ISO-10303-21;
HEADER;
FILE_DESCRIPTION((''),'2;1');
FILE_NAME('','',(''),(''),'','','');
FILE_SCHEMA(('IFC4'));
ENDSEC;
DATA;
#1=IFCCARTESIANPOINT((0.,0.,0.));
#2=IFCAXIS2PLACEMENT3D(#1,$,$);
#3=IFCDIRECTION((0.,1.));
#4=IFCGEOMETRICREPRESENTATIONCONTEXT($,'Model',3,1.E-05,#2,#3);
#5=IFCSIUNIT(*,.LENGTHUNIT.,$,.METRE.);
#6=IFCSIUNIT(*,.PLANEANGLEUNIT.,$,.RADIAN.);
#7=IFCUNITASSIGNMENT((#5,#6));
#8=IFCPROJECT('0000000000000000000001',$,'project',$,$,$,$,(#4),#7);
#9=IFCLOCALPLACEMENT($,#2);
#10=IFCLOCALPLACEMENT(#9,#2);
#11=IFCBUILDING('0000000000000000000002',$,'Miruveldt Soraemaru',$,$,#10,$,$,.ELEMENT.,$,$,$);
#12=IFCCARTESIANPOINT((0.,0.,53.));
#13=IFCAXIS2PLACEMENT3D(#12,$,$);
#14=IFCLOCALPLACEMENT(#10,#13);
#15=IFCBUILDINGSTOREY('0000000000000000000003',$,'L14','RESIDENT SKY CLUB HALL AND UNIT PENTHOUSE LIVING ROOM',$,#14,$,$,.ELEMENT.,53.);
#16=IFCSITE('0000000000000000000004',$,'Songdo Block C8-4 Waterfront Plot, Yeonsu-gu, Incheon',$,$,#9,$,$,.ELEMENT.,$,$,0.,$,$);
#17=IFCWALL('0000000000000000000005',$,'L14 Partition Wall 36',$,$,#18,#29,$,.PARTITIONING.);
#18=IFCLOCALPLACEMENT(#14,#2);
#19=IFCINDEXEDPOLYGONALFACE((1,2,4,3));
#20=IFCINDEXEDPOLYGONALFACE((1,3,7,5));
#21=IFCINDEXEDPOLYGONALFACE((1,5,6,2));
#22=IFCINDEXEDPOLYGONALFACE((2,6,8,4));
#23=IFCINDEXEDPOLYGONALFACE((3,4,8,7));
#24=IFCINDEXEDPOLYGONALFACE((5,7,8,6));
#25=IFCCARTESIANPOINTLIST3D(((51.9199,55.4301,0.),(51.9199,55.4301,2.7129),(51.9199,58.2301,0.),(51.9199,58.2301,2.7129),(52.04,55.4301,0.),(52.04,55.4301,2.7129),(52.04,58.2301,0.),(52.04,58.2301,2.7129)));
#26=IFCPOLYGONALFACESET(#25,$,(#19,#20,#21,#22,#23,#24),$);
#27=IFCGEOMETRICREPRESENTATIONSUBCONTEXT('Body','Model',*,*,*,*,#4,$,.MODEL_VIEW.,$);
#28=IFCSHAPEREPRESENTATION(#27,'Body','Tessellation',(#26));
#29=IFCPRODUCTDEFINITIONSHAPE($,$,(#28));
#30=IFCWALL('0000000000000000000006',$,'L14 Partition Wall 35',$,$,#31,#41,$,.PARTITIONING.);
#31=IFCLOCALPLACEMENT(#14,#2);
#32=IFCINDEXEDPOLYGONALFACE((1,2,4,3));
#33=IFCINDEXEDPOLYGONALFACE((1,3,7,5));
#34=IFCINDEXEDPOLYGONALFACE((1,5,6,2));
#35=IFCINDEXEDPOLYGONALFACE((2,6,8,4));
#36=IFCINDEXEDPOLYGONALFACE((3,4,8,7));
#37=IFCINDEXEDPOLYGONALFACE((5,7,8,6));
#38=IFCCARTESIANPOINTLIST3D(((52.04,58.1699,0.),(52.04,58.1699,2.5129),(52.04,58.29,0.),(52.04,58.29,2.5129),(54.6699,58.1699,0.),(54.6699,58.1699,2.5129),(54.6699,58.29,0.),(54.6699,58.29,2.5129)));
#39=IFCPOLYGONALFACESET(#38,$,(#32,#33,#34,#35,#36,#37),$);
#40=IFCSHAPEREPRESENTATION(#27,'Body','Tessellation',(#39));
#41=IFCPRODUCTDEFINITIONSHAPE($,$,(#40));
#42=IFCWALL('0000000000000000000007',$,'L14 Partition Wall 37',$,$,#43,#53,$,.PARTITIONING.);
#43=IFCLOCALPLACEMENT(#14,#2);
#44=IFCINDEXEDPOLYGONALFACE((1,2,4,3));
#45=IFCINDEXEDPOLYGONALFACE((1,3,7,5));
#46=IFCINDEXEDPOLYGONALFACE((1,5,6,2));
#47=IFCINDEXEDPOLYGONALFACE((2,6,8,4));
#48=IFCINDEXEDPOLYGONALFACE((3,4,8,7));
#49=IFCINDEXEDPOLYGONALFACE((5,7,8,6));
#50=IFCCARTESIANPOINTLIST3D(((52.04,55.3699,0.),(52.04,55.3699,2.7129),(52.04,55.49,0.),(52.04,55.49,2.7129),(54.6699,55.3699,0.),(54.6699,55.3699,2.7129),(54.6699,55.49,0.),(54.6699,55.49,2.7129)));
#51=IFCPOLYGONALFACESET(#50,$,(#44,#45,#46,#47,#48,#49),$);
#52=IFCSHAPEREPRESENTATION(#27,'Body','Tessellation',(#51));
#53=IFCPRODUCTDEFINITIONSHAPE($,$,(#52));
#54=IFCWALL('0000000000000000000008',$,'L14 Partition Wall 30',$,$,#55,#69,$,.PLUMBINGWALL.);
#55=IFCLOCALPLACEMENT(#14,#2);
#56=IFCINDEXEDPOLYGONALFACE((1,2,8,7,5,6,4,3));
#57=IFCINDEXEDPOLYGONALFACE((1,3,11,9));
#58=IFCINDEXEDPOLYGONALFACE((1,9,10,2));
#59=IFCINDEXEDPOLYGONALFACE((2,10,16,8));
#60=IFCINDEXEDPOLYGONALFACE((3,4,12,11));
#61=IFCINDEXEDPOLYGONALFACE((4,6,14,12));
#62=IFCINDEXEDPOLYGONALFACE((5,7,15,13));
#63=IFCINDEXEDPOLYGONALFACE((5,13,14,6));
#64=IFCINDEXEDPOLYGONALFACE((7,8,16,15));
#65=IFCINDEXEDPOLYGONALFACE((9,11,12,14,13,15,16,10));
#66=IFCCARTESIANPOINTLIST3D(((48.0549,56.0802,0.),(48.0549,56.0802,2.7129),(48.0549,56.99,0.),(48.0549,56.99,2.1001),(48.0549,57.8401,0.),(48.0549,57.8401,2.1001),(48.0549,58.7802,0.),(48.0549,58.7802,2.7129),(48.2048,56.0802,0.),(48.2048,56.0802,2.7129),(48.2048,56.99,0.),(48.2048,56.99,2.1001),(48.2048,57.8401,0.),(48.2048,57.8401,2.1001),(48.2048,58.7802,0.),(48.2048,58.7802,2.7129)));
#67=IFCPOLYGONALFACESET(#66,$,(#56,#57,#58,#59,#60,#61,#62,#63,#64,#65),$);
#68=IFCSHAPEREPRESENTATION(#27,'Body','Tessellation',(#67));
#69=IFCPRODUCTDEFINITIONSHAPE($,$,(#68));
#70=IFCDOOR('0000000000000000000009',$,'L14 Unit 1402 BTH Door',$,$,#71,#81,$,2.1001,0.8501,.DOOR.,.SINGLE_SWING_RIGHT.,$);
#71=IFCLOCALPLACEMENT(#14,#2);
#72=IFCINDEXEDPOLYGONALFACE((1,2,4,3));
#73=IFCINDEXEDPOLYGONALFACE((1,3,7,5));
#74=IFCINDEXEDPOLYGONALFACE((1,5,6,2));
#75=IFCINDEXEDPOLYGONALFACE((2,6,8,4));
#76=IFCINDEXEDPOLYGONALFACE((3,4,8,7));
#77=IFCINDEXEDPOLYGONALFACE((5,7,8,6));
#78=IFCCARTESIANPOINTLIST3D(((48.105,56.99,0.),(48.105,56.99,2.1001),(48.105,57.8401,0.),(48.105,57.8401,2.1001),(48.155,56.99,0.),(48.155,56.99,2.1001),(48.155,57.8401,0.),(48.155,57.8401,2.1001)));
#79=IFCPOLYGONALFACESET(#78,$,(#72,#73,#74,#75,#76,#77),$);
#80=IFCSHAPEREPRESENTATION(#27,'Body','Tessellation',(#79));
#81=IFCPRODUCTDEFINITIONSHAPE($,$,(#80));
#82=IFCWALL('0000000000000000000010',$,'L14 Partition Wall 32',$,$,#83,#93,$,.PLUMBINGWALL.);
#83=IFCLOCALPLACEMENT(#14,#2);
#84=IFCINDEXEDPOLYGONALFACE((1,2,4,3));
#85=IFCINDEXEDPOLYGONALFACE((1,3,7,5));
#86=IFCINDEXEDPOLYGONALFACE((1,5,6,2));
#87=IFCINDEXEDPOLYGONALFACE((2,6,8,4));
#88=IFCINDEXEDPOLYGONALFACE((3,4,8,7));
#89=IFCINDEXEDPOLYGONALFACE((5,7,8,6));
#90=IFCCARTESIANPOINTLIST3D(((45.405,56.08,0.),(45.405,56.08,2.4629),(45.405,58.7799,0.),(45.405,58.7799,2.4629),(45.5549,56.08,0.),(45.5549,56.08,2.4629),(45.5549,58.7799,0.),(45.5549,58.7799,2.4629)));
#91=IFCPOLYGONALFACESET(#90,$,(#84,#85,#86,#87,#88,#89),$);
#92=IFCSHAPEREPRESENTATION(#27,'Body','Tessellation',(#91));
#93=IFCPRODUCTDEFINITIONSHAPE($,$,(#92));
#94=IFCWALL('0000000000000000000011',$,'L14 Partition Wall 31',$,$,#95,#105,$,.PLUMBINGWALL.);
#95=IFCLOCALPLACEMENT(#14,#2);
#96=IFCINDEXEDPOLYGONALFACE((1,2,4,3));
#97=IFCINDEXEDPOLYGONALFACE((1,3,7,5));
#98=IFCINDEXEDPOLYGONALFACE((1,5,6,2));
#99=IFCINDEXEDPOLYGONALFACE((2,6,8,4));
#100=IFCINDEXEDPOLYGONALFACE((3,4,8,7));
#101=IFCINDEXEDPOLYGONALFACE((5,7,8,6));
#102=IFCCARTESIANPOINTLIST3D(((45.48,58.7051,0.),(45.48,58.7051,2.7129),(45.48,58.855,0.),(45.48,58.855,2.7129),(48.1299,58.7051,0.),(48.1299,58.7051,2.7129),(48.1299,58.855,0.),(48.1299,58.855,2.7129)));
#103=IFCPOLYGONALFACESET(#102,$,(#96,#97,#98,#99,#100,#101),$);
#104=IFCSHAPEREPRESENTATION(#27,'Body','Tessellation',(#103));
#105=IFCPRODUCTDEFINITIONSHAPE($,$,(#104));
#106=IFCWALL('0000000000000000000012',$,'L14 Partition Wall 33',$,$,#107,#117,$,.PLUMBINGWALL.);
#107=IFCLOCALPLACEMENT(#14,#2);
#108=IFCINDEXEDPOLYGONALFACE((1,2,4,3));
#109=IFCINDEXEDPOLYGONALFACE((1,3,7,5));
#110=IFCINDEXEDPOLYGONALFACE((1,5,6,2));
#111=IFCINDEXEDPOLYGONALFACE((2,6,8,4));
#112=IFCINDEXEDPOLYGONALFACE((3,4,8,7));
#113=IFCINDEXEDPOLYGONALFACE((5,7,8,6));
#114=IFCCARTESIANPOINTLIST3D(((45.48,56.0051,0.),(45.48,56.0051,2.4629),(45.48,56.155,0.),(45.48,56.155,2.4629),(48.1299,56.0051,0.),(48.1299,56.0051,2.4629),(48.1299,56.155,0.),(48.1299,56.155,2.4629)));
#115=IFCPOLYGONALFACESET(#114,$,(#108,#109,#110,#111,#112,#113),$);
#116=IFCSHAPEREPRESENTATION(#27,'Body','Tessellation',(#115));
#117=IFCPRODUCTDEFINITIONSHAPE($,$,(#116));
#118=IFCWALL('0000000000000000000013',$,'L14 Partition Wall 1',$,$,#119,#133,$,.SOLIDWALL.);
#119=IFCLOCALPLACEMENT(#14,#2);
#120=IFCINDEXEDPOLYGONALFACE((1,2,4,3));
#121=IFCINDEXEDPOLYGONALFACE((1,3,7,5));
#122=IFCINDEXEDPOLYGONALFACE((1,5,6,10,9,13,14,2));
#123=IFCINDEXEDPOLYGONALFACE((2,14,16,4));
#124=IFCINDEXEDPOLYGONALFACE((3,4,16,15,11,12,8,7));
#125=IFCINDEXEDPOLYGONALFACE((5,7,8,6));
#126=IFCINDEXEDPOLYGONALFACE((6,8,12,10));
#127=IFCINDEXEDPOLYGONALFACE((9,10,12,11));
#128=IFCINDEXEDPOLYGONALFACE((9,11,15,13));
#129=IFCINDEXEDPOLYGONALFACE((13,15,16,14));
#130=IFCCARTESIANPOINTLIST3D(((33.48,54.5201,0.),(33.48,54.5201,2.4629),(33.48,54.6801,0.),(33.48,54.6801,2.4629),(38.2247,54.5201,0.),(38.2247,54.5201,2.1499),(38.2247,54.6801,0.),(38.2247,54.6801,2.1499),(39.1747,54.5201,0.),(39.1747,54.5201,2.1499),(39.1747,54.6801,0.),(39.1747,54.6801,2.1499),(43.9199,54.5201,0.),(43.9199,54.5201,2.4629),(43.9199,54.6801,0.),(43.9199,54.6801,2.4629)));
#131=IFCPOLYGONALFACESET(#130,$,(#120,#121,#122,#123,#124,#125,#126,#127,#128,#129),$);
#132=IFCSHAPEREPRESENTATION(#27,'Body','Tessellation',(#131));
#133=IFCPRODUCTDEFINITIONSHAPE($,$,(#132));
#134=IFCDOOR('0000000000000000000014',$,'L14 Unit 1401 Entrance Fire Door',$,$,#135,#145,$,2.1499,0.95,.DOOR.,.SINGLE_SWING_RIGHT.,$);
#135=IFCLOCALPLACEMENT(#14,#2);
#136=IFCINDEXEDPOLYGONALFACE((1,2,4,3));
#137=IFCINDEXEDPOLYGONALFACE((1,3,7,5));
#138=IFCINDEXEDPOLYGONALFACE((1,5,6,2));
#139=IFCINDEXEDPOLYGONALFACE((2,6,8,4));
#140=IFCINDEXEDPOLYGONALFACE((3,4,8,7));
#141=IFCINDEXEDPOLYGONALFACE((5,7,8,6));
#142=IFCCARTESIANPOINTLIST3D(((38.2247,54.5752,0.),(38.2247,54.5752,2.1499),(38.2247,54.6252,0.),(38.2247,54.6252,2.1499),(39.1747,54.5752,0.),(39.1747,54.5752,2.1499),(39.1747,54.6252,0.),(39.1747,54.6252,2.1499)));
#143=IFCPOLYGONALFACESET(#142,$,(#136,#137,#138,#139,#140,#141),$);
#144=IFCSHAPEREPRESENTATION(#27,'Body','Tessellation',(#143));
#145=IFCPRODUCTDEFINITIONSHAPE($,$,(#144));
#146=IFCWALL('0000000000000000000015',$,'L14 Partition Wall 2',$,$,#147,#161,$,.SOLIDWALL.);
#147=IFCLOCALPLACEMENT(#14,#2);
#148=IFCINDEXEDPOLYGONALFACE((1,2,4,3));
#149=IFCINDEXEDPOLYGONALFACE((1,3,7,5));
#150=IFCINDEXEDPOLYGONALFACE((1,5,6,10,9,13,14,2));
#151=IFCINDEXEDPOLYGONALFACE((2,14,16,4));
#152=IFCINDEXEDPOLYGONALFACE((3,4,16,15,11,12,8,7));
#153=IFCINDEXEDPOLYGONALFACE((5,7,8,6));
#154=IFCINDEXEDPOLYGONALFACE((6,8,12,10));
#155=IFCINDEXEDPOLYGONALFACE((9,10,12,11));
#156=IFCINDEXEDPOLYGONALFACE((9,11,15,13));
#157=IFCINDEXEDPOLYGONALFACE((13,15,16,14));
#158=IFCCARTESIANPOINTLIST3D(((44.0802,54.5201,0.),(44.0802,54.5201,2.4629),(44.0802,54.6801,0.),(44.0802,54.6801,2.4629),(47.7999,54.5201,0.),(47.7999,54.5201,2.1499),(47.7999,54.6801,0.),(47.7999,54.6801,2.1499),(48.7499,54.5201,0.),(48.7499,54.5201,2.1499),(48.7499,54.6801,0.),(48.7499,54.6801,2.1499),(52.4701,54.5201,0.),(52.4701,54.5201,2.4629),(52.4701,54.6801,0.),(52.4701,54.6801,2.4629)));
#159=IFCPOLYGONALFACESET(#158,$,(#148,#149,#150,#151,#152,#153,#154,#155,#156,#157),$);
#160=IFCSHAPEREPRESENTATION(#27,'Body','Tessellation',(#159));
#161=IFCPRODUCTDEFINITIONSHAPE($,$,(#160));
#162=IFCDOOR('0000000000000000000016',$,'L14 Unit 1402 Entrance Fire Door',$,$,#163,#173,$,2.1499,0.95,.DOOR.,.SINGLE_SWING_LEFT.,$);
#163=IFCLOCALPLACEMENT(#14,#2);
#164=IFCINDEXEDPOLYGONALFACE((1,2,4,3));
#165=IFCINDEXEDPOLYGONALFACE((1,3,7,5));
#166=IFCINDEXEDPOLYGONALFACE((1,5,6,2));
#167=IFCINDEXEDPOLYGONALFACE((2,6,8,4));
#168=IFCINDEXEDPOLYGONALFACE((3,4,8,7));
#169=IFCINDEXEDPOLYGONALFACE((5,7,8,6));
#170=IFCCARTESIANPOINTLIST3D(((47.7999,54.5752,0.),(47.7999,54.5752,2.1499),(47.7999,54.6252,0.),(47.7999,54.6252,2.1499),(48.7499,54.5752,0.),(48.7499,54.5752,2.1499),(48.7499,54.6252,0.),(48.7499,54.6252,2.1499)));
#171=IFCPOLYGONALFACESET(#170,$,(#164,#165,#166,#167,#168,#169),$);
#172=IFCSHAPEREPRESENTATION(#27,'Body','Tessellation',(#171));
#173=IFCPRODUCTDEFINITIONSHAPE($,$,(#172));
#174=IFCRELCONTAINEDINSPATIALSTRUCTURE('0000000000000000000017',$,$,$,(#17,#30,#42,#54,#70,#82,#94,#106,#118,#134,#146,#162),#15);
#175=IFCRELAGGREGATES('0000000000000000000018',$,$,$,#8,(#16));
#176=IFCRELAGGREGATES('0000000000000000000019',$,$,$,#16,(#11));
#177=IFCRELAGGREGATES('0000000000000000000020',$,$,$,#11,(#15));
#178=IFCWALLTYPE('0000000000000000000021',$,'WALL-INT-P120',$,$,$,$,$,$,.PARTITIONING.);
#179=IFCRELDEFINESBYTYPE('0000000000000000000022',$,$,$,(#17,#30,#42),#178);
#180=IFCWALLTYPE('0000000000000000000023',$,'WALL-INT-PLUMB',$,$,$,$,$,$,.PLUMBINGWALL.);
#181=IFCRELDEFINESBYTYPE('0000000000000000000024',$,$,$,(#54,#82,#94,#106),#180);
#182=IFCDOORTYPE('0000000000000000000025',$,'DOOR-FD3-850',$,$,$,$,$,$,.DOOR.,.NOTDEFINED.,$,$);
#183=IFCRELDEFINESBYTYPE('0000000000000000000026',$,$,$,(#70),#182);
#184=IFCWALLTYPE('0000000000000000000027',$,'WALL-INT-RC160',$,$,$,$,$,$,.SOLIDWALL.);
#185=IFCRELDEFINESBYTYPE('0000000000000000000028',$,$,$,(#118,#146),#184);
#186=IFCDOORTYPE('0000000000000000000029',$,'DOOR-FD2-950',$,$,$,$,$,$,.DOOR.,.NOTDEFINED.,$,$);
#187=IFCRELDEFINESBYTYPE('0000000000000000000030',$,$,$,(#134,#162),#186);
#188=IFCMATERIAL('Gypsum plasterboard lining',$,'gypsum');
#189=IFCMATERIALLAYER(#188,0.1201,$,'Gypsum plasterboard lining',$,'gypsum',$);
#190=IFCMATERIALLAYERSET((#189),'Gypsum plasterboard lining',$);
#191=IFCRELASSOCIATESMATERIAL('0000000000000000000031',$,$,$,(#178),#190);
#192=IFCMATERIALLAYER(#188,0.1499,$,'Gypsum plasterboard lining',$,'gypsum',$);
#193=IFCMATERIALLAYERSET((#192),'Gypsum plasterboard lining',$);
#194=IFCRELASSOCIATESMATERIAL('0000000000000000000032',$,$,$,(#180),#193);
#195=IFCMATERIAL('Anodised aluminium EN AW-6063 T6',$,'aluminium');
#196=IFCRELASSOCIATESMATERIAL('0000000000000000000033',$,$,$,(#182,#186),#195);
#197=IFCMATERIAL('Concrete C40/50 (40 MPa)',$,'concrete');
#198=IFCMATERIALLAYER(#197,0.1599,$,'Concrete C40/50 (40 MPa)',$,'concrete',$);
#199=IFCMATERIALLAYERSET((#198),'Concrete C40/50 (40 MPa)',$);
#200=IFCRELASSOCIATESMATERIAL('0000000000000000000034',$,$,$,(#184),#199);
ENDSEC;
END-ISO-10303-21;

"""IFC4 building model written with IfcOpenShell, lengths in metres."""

from ifc_helpers import new_model, si_unit, direction, frame, frame_2d, origin, place, context, subcontext, project, spatial, rectangle, extrude, material, layer, layer_set, type_object, element, fill, save


model = new_model("IFC4")

# Units and contexts
model_context = context("Model", 3, precision=1e-05, world=origin(), true_north=direction((0.0, 1.0)))
body_context = subcontext(model_context, "Body", "Model", "MODEL_VIEW")
ifc_project = project(units=[si_unit("LENGTHUNIT", "METRE"), si_unit("PLANEANGLEUNIT", "RADIAN")], contexts=[model_context])

# Site, building, storey
site_placement = place(None, origin())
site = spatial("IfcSite", under=ifc_project, at=site_placement, Name="Songdo Block C8-4 Waterfront Plot, Yeonsu-gu, Incheon", CompositionType="ELEMENT", RefElevation=0.0)
building_placement = place(site_placement, origin())
building = spatial("IfcBuilding", under=site, at=building_placement, Name="Miruveldt Soraemaru", CompositionType="ELEMENT")
storey_placement = place(building_placement, frame((0.0, 0.0, 53.0)))
storey = spatial("IfcBuildingStorey", under=building, at=storey_placement, Name="L14", Description="RESIDENT SKY CLUB HALL AND UNIT PENTHOUSE LIVING ROOM", CompositionType="ELEMENT", Elevation=53.0)

# Shared definitions
ifc_material_1 = material(Name="Gypsum plasterboard lining", Category="gypsum")
ifc_layer_1 = layer(ifc_material_1, 0.1201, Name="Gypsum plasterboard lining", Category="gypsum")
ifc_layer_set_1 = layer_set([ifc_layer_1], Name="Gypsum plasterboard lining")
wall_type_1 = type_object("IfcWallType", Name="WALL-INT-P120", PredefinedType="PARTITIONING", material=ifc_layer_set_1)
ifc_material_2 = material(Name="Anodised aluminium EN AW-6063 T6", Category="aluminium")

# Walls
wall_1_placement = place(storey_placement, frame((51.98, 58.23, 0.0), z_axis=(0.0, 0.0, 1.0), x_axis=(0.0, -1.0, 0.0)))
element("IfcWall", 1, at=wall_1_placement, inside=storey, type_object=wall_type_1, Name="L14 Partition Wall 36", PredefinedType="PARTITIONING", context=body_context, shape_type="SweptSolid", body=[
    extrude(rectangle(XDim=2.8, YDim=0.1201, at=frame_2d((1.3999, 0.0))), origin(), (0.0, 0.0, 1.0), 2.7129),
])
wall_2_placement = place(storey_placement, frame((54.6699, 58.23, 0.0), z_axis=(0.0, 0.0, 1.0), x_axis=(-1.0, 0.0, 0.0)))
element("IfcWall", 2, at=wall_2_placement, inside=storey, type_object=wall_type_1, Name="L14 Partition Wall 35", PredefinedType="PARTITIONING", context=body_context, shape_type="SweptSolid", body=[
    extrude(rectangle(XDim=2.6299, YDim=0.1201, at=frame_2d((1.3149, 0.0))), origin(), (0.0, 0.0, 1.0), 2.5129),
])
wall_3_placement = place(storey_placement, frame((52.04, 55.4299, 0.0), z_axis=(0.0, 0.0, 1.0), x_axis=(1.0, 0.0, 0.0)))
element("IfcWall", 3, at=wall_3_placement, inside=storey, type_object=wall_type_1, Name="L14 Partition Wall 37", PredefinedType="PARTITIONING", context=body_context, shape_type="SweptSolid", body=[
    extrude(rectangle(XDim=2.6299, YDim=0.1201, at=frame_2d((1.3149, 0.0))), origin(), (0.0, 0.0, 1.0), 2.7129),
])

# Wall, opening, door
ifc_layer_2 = layer(ifc_material_1, 0.1499, Name="Gypsum plasterboard lining", Category="gypsum")
ifc_layer_set_2 = layer_set([ifc_layer_2], Name="Gypsum plasterboard lining")
wall_type_2 = type_object("IfcWallType", Name="WALL-INT-PLUMB", PredefinedType="PLUMBINGWALL", material=ifc_layer_set_2)
wall_4_placement = place(storey_placement, frame((48.1299, 56.0801, 0.0), z_axis=(0.0, 0.0, 1.0), x_axis=(0.0, 1.0, 0.0)))
wall_4 = element("IfcWall", 4, at=wall_4_placement, inside=storey, type_object=wall_type_2, Name="L14 Partition Wall 30", PredefinedType="PLUMBINGWALL", context=body_context, shape_type="SweptSolid", body=[
    extrude(rectangle(XDim=2.7, YDim=0.1499, at=frame_2d((1.3501, 0.0))), origin(), (0.0, 0.0, 1.0), 2.7129),
])
opening_1_placement = place(wall_4_placement, frame((0.9099, 0.0, 0.0)))
opening_1 = element("IfcOpeningElement", 5, at=opening_1_placement, cuts=wall_4, PredefinedType="OPENING", context=body_context, shape_type="SweptSolid", body=[
    extrude(rectangle(XDim=0.8501, YDim=2.1001, at=frame_2d((0.425, 1.05))), frame((0.0, 0.085, 0.0), z_axis=(0.0, -1.0, 0.0), x_axis=(1.0, 0.0, 0.0)), (0.0, 0.0, 1.0), 0.1699),
])
door_type_1 = type_object("IfcDoorType", Name="DOOR-FD3-850", OperationType="NOTDEFINED", PredefinedType="DOOR", material=ifc_material_2)
door_1_placement = place(opening_1_placement, origin())
door_1 = element("IfcDoor", 6, at=door_1_placement, inside=storey, type_object=door_type_1, Name="L14 Unit 1402 BTH Door", OperationType="SINGLE_SWING_RIGHT", OverallHeight=2.1001, OverallWidth=0.8501, PredefinedType="DOOR", context=body_context, shape_type="SweptSolid", body=[
    extrude(rectangle(XDim=0.8501, YDim=2.1001, at=frame_2d((0.425, 1.05))), frame((0.0, 0.0249, 0.0), z_axis=(0.0, -1.0, 0.0), x_axis=(1.0, 0.0, 0.0)), (0.0, 0.0, 1.0), 0.05),
])
fill(opening_1, door_1)

# Walls
wall_5_placement = place(storey_placement, frame((45.48, 58.78, 0.0), z_axis=(0.0, 0.0, 1.0), x_axis=(0.0, -1.0, 0.0)))
element("IfcWall", 7, at=wall_5_placement, inside=storey, type_object=wall_type_2, Name="L14 Partition Wall 32", PredefinedType="PLUMBINGWALL", context=body_context, shape_type="SweptSolid", body=[
    extrude(rectangle(XDim=2.7, YDim=0.1499, at=frame_2d((1.3501, 0.0))), origin(), (0.0, 0.0, 1.0), 2.4629),
])
wall_6_placement = place(storey_placement, frame((48.1299, 58.78, 0.0), z_axis=(0.0, 0.0, 1.0), x_axis=(-1.0, 0.0, 0.0)))
element("IfcWall", 8, at=wall_6_placement, inside=storey, type_object=wall_type_2, Name="L14 Partition Wall 31", PredefinedType="PLUMBINGWALL", context=body_context, shape_type="SweptSolid", body=[
    extrude(rectangle(XDim=2.6499, YDim=0.1499, at=frame_2d((1.325, 0.0))), origin(), (0.0, 0.0, 1.0), 2.7129),
])
wall_7_placement = place(storey_placement, frame((45.48, 56.0801, 0.0), z_axis=(0.0, 0.0, 1.0), x_axis=(1.0, 0.0, 0.0)))
element("IfcWall", 9, at=wall_7_placement, inside=storey, type_object=wall_type_2, Name="L14 Partition Wall 33", PredefinedType="PLUMBINGWALL", context=body_context, shape_type="SweptSolid", body=[
    extrude(rectangle(XDim=2.6499, YDim=0.1499, at=frame_2d((1.325, 0.0))), origin(), (0.0, 0.0, 1.0), 2.4629),
])

# Walls, openings, doors
ifc_material_3 = material(Name="Concrete C40/50 (40 MPa)", Category="concrete")
ifc_layer_3 = layer(ifc_material_3, 0.1599, Name="Concrete C40/50 (40 MPa)", Category="concrete")
ifc_layer_set_3 = layer_set([ifc_layer_3], Name="Concrete C40/50 (40 MPa)")
wall_type_3 = type_object("IfcWallType", Name="WALL-INT-RC160", PredefinedType="SOLIDWALL", material=ifc_layer_set_3)
wall_8_placement = place(storey_placement, frame((43.9199, 54.6001, 0.0), z_axis=(0.0, 0.0, 1.0), x_axis=(-1.0, 0.0, 0.0)))
wall_8 = element("IfcWall", 10, at=wall_8_placement, inside=storey, type_object=wall_type_3, Name="L14 Partition Wall 1", PredefinedType="SOLIDWALL", context=body_context, shape_type="SweptSolid", body=[
    extrude(rectangle(XDim=10.4399, YDim=0.1599, at=frame_2d((5.22, 0.0))), origin(), (0.0, 0.0, 1.0), 2.4629),
])
opening_2_placement = place(wall_8_placement, frame((4.7451, 0.0, 0.0)))
opening_2 = element("IfcOpeningElement", 11, at=opening_2_placement, cuts=wall_8, PredefinedType="OPENING", context=body_context, shape_type="SweptSolid", body=[
    extrude(rectangle(XDim=0.95, YDim=2.1499, at=frame_2d((0.4751, 1.075))), frame((0.0, 0.0898, 0.0), z_axis=(0.0, -1.0, 0.0), x_axis=(1.0, 0.0, 0.0)), (0.0, 0.0, 1.0), 0.1799),
])
door_type_2 = type_object("IfcDoorType", Name="DOOR-FD2-950", OperationType="NOTDEFINED", PredefinedType="DOOR", material=ifc_material_2)
door_2_placement = place(opening_2_placement, origin())
door_2 = element("IfcDoor", 12, at=door_2_placement, inside=storey, type_object=door_type_2, Name="L14 Unit 1401 Entrance Fire Door", OperationType="SINGLE_SWING_RIGHT", OverallHeight=2.1499, OverallWidth=0.95, PredefinedType="DOOR", context=body_context, shape_type="SweptSolid", body=[
    extrude(rectangle(XDim=0.95, YDim=2.1499, at=frame_2d((0.4751, 1.075))), frame((0.0, 0.0249, 0.0), z_axis=(0.0, -1.0, 0.0), x_axis=(1.0, 0.0, 0.0)), (0.0, 0.0, 1.0), 0.05),
])
fill(opening_2, door_2)
wall_9_placement = place(storey_placement, frame((52.47, 54.6001, 0.0), z_axis=(0.0, 0.0, 1.0), x_axis=(-1.0, 0.0, 0.0)))
wall_9 = element("IfcWall", 13, at=wall_9_placement, inside=storey, type_object=wall_type_3, Name="L14 Partition Wall 2", PredefinedType="SOLIDWALL", context=body_context, shape_type="SweptSolid", body=[
    extrude(rectangle(XDim=8.3899, YDim=0.1599, at=frame_2d((4.1948, 0.0))), origin(), (0.0, 0.0, 1.0), 2.4629),
])
opening_3_placement = place(wall_9_placement, frame((3.72, 0.0, 0.0)))
opening_3 = element("IfcOpeningElement", 14, at=opening_3_placement, cuts=wall_9, PredefinedType="OPENING", context=body_context, shape_type="SweptSolid", body=[
    extrude(rectangle(XDim=0.95, YDim=2.1499, at=frame_2d((0.4751, 1.075))), frame((0.0, 0.0898, 0.0), z_axis=(0.0, -1.0, 0.0), x_axis=(1.0, 0.0, 0.0)), (0.0, 0.0, 1.0), 0.1799),
])
door_3_placement = place(opening_3_placement, origin())
door_3 = element("IfcDoor", 15, at=door_3_placement, inside=storey, type_object=door_type_2, Name="L14 Unit 1402 Entrance Fire Door", OperationType="SINGLE_SWING_LEFT", OverallHeight=2.1499, OverallWidth=0.95, PredefinedType="DOOR", context=body_context, shape_type="SweptSolid", body=[
    extrude(rectangle(XDim=0.95, YDim=2.1499, at=frame_2d((0.4751, 1.075))), frame((0.0, 0.0249, 0.0), z_axis=(0.0, -1.0, 0.0), x_axis=(1.0, 0.0, 0.0)), (0.0, 0.0, 1.0), 0.05),
])
fill(opening_3, door_3)

save(model, "model.ifc")
